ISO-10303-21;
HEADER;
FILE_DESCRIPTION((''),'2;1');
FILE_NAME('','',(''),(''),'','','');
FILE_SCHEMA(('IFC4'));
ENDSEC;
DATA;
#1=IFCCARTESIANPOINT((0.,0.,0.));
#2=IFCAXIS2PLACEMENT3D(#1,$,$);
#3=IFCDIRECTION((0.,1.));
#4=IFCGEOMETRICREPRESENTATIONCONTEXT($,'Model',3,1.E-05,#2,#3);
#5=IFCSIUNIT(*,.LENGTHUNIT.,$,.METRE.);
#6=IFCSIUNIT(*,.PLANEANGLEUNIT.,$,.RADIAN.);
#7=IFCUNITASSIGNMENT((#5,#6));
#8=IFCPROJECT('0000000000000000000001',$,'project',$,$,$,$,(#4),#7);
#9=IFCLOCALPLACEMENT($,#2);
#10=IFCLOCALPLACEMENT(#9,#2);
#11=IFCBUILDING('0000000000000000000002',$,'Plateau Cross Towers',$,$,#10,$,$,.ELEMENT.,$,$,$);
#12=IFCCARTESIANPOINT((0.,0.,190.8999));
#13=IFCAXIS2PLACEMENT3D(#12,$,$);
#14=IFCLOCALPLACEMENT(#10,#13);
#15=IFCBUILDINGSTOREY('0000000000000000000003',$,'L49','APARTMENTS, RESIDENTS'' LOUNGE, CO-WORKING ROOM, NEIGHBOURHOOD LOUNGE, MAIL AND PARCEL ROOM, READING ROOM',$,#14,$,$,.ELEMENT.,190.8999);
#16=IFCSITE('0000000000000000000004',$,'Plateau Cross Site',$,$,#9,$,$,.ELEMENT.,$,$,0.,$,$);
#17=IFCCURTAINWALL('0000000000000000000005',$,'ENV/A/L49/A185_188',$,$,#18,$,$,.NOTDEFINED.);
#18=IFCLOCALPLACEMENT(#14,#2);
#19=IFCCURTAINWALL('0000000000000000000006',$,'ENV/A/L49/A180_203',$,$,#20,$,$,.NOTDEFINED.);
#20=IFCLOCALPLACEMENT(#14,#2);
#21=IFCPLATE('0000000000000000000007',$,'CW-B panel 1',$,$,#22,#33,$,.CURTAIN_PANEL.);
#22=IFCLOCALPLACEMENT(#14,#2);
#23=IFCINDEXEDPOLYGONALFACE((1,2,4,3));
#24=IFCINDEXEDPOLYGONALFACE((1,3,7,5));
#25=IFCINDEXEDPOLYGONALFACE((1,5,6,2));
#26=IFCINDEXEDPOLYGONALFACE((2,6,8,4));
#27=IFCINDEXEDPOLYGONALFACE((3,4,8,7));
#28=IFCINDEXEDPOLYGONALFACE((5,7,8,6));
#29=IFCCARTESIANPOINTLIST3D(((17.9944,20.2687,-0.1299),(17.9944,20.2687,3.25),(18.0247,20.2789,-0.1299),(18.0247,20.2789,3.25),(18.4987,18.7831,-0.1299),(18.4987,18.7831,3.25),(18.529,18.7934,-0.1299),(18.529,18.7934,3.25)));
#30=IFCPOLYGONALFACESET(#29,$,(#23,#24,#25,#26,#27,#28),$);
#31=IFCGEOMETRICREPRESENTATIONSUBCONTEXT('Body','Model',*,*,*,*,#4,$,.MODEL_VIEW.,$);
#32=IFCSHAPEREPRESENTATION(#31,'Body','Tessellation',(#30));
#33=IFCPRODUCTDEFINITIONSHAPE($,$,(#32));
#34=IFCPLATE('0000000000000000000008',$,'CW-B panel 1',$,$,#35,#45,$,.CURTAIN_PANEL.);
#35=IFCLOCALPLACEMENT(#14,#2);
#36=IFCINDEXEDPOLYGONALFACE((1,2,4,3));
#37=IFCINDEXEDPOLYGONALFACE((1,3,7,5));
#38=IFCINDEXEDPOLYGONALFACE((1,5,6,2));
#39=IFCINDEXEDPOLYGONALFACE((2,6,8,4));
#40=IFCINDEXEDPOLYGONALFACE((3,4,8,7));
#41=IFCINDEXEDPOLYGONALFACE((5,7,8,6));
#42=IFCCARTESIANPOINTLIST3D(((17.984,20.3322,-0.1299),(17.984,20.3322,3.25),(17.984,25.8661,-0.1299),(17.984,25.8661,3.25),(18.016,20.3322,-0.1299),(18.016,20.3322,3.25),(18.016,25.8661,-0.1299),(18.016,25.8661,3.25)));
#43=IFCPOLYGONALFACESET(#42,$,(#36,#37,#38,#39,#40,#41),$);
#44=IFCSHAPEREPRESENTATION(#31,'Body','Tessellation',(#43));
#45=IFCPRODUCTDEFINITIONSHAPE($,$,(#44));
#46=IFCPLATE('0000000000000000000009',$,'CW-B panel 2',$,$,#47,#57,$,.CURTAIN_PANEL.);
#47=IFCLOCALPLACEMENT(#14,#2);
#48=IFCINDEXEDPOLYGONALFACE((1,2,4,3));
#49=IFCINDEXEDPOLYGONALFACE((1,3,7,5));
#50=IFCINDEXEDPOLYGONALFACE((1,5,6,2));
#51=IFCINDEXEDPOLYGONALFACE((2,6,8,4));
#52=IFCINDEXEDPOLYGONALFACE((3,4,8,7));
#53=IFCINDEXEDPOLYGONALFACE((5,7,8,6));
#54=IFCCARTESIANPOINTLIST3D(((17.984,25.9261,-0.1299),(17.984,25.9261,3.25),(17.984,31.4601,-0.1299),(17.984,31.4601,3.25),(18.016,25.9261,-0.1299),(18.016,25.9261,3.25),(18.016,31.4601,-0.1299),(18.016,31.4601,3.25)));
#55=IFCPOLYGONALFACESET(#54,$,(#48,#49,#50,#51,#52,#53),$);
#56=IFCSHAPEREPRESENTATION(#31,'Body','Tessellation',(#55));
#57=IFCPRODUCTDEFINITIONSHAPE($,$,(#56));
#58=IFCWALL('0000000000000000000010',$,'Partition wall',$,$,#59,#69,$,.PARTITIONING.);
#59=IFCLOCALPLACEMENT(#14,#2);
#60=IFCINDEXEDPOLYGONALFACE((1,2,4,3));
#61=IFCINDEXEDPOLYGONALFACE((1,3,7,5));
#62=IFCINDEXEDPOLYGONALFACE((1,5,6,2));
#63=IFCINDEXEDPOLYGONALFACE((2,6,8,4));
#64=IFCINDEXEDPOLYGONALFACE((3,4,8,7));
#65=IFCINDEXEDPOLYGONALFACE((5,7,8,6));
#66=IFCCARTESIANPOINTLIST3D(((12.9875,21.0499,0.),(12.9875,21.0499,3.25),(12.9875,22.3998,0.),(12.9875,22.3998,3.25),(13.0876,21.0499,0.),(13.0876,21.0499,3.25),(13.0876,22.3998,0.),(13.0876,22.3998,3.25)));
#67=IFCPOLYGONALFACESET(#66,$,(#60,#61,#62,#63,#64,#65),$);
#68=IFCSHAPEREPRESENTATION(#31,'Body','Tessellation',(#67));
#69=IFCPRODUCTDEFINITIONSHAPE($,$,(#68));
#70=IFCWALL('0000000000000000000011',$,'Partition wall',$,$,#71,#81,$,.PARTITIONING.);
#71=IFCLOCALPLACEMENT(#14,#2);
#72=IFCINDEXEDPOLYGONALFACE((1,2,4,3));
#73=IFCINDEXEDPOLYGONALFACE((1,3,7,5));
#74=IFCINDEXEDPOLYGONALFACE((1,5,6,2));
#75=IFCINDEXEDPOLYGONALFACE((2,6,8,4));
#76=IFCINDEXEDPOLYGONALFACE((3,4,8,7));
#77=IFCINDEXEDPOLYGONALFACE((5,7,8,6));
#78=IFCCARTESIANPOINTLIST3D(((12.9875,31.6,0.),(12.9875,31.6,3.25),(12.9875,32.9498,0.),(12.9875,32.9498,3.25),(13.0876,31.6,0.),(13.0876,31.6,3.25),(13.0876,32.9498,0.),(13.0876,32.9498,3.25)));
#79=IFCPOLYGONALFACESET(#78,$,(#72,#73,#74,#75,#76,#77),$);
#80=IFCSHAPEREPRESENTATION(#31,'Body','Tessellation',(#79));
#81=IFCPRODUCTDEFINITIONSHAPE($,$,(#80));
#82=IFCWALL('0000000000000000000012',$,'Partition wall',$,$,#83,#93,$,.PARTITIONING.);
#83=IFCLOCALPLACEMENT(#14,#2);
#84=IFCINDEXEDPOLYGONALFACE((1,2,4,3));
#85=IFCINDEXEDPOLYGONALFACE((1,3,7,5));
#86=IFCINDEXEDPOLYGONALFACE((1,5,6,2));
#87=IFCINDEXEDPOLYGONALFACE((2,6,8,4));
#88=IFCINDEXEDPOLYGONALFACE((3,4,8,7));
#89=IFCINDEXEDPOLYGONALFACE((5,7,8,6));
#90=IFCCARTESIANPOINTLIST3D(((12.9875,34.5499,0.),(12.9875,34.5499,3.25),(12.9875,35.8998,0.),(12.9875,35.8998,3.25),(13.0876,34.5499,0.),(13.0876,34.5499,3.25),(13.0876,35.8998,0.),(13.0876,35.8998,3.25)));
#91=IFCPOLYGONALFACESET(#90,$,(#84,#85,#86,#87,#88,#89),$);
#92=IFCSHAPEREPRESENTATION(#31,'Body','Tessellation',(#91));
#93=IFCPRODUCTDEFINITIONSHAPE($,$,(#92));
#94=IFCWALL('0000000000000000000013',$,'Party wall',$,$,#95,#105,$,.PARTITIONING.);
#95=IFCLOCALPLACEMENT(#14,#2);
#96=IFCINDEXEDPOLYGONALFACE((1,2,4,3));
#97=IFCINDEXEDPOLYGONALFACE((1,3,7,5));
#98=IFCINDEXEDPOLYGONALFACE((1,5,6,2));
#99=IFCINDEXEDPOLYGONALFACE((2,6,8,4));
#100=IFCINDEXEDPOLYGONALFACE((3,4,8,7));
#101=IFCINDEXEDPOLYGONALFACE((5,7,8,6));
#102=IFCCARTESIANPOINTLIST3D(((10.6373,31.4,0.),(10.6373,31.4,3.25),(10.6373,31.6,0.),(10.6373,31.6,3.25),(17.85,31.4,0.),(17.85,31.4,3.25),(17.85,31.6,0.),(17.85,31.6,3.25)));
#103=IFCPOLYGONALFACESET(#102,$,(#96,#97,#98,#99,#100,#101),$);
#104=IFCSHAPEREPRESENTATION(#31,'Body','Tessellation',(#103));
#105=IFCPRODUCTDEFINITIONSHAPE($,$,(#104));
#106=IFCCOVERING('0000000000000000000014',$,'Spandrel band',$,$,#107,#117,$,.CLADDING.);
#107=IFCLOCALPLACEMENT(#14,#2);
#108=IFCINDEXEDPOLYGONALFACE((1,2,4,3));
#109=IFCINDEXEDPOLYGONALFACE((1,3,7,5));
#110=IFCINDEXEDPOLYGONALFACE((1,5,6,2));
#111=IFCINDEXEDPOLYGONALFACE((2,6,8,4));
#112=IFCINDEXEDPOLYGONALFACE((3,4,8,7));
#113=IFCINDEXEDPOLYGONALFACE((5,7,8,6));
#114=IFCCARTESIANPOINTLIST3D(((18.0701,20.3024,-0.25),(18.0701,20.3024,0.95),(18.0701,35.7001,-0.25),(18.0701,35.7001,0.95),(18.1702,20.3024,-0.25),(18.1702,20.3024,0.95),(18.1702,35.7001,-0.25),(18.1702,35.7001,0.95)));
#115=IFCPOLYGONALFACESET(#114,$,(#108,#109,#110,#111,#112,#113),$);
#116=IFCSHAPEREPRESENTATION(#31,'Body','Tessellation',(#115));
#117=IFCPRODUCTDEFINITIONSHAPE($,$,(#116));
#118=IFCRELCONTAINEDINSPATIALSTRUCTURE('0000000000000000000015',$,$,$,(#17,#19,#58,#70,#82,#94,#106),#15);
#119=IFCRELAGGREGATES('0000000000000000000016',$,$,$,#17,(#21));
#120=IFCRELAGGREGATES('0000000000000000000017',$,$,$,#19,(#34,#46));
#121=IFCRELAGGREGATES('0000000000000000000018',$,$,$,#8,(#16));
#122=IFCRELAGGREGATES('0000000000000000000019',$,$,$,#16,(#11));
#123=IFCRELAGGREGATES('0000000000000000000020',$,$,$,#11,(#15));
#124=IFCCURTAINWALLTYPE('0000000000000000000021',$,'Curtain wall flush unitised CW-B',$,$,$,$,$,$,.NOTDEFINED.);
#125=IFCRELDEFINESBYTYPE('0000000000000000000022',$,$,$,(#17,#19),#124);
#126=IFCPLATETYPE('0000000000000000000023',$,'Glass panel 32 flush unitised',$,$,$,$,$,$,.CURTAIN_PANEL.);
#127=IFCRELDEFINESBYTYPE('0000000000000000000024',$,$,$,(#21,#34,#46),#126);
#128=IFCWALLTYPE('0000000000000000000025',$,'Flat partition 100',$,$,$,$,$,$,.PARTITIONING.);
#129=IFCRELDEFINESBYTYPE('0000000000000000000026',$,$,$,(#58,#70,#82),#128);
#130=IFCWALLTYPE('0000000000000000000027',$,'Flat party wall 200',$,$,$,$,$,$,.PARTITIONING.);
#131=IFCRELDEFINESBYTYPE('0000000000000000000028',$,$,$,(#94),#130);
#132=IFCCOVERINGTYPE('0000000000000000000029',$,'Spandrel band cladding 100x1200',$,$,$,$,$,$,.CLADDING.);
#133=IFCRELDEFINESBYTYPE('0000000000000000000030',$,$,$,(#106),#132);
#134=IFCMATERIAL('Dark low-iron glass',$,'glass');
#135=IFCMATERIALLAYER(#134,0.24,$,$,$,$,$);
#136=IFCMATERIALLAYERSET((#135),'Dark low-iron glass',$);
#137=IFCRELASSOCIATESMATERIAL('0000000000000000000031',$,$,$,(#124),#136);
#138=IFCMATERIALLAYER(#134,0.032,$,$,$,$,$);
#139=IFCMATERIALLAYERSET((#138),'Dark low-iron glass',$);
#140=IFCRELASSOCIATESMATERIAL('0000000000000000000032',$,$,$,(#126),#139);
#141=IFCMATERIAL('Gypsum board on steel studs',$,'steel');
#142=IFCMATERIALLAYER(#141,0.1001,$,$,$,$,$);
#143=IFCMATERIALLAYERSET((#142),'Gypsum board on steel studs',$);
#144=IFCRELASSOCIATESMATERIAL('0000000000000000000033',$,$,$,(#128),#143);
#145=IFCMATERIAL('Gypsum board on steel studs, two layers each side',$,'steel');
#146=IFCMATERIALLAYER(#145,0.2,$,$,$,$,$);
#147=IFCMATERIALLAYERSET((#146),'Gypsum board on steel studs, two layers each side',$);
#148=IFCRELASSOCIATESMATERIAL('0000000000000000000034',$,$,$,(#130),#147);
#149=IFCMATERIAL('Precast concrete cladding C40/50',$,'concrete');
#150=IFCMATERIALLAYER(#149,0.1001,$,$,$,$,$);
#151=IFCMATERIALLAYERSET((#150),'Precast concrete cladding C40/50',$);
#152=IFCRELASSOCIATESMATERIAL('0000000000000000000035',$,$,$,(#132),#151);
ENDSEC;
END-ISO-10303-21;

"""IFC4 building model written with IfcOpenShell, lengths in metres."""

from ifc_helpers import new_model, si_unit, direction, frame, frame_2d, origin, origin_2d, place, context, subcontext, project, spatial, rectangle, extrude, material, layer, layer_set, type_object, element, aggregate, save


model = new_model("IFC4")

# Units and contexts
model_context = context("Model", 3, precision=1e-05, world=origin(), true_north=direction((0.0, 1.0)))
body_context = subcontext(model_context, "Body", "Model", "MODEL_VIEW")
ifc_project = project(units=[si_unit("LENGTHUNIT", "METRE"), si_unit("PLANEANGLEUNIT", "RADIAN")], contexts=[model_context])

# Site, building, storey
site_placement = place(None, origin())
site = spatial("IfcSite", under=ifc_project, at=site_placement, Name="Plateau Cross Site", CompositionType="ELEMENT", RefElevation=0.0)
building_placement = place(site_placement, origin())
building = spatial("IfcBuilding", under=site, at=building_placement, Name="Plateau Cross Towers", CompositionType="ELEMENT")
storey_placement = place(building_placement, frame((0.0, 0.0, 190.8999)))
storey = spatial("IfcBuildingStorey", under=building, at=storey_placement, Name="L49", Description="APARTMENTS, RESIDENTS' LOUNGE, CO-WORKING ROOM, NEIGHBOURHOOD LOUNGE, MAIL AND PARCEL ROOM, READING ROOM", CompositionType="ELEMENT", Elevation=190.8999)

# Shared definitions
ifc_material_1 = material(Name="Dark low-iron glass", Category="glass")
ifc_layer_1 = layer(ifc_material_1, 0.24)
ifc_layer_set_1 = layer_set([ifc_layer_1], Name="Dark low-iron glass")
curtain_wall_type_1 = type_object("IfcCurtainWallType", Name="Curtain wall flush unitised CW-B", PredefinedType="NOTDEFINED", material=ifc_layer_set_1)

# Curtain wall
curtain_wall_1_placement = place(storey_placement, origin())
curtain_wall_1 = element("IfcCurtainWall", 1, at=curtain_wall_1_placement, inside=storey, type_object=curtain_wall_type_1, Name="ENV/A/L49/A185_188", PredefinedType="NOTDEFINED")

# Curtain wall
curtain_wall_2_placement = place(storey_placement, origin())
curtain_wall_2 = element("IfcCurtainWall", 2, at=curtain_wall_2_placement, inside=storey, type_object=curtain_wall_type_1, Name="ENV/A/L49/A180_203", PredefinedType="NOTDEFINED")

# Plates
ifc_layer_2 = layer(ifc_material_1, 0.032)
ifc_layer_set_2 = layer_set([ifc_layer_2], Name="Dark low-iron glass")
plate_type = type_object("IfcPlateType", Name="Glass panel 32 flush unitised", PredefinedType="CURTAIN_PANEL", material=ifc_layer_set_2)
plate_1_placement = place(storey_placement, frame((18.2617, 19.531, -0.1299), z_axis=(0.0, 0.0, 1.0), x_axis=(-0.321469, 0.94692, 0.0)))
plate_1 = element("IfcPlate", 3, at=plate_1_placement, type_object=plate_type, Name="CW-B panel 1", PredefinedType="CURTAIN_PANEL", context=body_context, shape_type="SweptSolid", body=[
    extrude(rectangle(XDim=1.5688, YDim=0.032, at=origin_2d()), origin(), (0.0, 0.0, 1.0), 3.3799),
])
aggregate(curtain_wall_1, [plate_1])
plate_2_placement = place(storey_placement, frame((18.0, 23.0991, -0.1299), z_axis=(0.0, 0.0, 1.0), x_axis=(0.0, 1.0, 0.0)))
plate_2 = element("IfcPlate", 4, at=plate_2_placement, type_object=plate_type, Name="CW-B panel 1", PredefinedType="CURTAIN_PANEL", context=body_context, shape_type="SweptSolid", body=[
    extrude(rectangle(XDim=5.5339, YDim=0.032, at=origin_2d()), origin(), (0.0, 0.0, 1.0), 3.3799),
])
plate_3_placement = place(storey_placement, frame((18.0, 28.6931, -0.1299), z_axis=(0.0, 0.0, 1.0), x_axis=(0.0, 1.0, 0.0)))
plate_3 = element("IfcPlate", 5, at=plate_3_placement, type_object=plate_type, Name="CW-B panel 2", PredefinedType="CURTAIN_PANEL", context=body_context, shape_type="SweptSolid", body=[
    extrude(rectangle(XDim=5.5339, YDim=0.032, at=origin_2d()), origin(), (0.0, 0.0, 1.0), 3.3799),
])
aggregate(curtain_wall_2, [plate_2, plate_3])

# Walls
ifc_material_2 = material(Name="Gypsum board on steel studs", Category="steel")
ifc_layer_3 = layer(ifc_material_2, 0.1001)
ifc_layer_set_3 = layer_set([ifc_layer_3], Name="Gypsum board on steel studs")
wall_type_1 = type_object("IfcWallType", Name="Flat partition 100", PredefinedType="PARTITIONING", material=ifc_layer_set_3)
for number, where, z_axis, x_axis, name in (
    (6, (13.0376, 21.05, 0.0), (0.0, 0.0, 1.0), (0.0, 1.0, 0.0), "Partition wall"),
    (7, (13.0376, 31.6001, 0.0), (0.0, 0.0, 1.0), (0.0, 1.0, 0.0), "Partition wall"),
    (8, (13.0376, 34.55, 0.0), (0.0, 0.0, 1.0), (0.0, 1.0, 0.0), "Partition wall"),
):
    element("IfcWall", number, at=place(storey_placement, frame(where, z_axis=z_axis, x_axis=x_axis)), inside=storey, type_object=wall_type_1, Name=name, PredefinedType="PARTITIONING", context=body_context, shape_type="SweptSolid", body=[
        extrude(rectangle(XDim=1.3499, YDim=0.1001, at=frame_2d((0.6748, 0.0))), origin(), (0.0, 0.0, 1.0), 3.25),
    ])
ifc_material_3 = material(Name="Gypsum board on steel studs, two layers each side", Category="steel")
ifc_layer_4 = layer(ifc_material_3, 0.2)
ifc_layer_set_4 = layer_set([ifc_layer_4], Name="Gypsum board on steel studs, two layers each side")
wall_type_2 = type_object("IfcWallType", Name="Flat party wall 200", PredefinedType="PARTITIONING", material=ifc_layer_set_4)
wall_placement = place(storey_placement, frame((17.8501, 31.5, 0.0), z_axis=(0.0, 0.0, 1.0), x_axis=(-1.0, 0.0, 0.0)))
element("IfcWall", 9, at=wall_placement, inside=storey, type_object=wall_type_2, Name="Party wall", PredefinedType="PARTITIONING", context=body_context, shape_type="SweptSolid", body=[
    extrude(rectangle(XDim=7.2126, YDim=0.2, at=frame_2d((3.6064, 0.0))), origin(), (0.0, 0.0, 1.0), 3.25),
])

# Covering
ifc_material_4 = material(Name="Precast concrete cladding C40/50", Category="concrete")
ifc_layer_5 = layer(ifc_material_4, 0.1001)
ifc_layer_set_5 = layer_set([ifc_layer_5], Name="Precast concrete cladding C40/50")
covering_type = type_object("IfcCoveringType", Name="Spandrel band cladding 100x1200", PredefinedType="CLADDING", material=ifc_layer_set_5)
covering_placement = place(storey_placement, frame((18.1201, 28.0012, -0.25), z_axis=(0.0, 0.0, 1.0), x_axis=(0.0, 1.0, 0.0)))
element("IfcCovering", 10, at=covering_placement, inside=storey, type_object=covering_type, Name="Spandrel band", PredefinedType="CLADDING", context=body_context, shape_type="SweptSolid", body=[
    extrude(rectangle(XDim=15.3977, YDim=0.1001, at=origin_2d()), origin(), (0.0, 0.0, 1.0), 1.2),
])

save(model, "model.ifc")
